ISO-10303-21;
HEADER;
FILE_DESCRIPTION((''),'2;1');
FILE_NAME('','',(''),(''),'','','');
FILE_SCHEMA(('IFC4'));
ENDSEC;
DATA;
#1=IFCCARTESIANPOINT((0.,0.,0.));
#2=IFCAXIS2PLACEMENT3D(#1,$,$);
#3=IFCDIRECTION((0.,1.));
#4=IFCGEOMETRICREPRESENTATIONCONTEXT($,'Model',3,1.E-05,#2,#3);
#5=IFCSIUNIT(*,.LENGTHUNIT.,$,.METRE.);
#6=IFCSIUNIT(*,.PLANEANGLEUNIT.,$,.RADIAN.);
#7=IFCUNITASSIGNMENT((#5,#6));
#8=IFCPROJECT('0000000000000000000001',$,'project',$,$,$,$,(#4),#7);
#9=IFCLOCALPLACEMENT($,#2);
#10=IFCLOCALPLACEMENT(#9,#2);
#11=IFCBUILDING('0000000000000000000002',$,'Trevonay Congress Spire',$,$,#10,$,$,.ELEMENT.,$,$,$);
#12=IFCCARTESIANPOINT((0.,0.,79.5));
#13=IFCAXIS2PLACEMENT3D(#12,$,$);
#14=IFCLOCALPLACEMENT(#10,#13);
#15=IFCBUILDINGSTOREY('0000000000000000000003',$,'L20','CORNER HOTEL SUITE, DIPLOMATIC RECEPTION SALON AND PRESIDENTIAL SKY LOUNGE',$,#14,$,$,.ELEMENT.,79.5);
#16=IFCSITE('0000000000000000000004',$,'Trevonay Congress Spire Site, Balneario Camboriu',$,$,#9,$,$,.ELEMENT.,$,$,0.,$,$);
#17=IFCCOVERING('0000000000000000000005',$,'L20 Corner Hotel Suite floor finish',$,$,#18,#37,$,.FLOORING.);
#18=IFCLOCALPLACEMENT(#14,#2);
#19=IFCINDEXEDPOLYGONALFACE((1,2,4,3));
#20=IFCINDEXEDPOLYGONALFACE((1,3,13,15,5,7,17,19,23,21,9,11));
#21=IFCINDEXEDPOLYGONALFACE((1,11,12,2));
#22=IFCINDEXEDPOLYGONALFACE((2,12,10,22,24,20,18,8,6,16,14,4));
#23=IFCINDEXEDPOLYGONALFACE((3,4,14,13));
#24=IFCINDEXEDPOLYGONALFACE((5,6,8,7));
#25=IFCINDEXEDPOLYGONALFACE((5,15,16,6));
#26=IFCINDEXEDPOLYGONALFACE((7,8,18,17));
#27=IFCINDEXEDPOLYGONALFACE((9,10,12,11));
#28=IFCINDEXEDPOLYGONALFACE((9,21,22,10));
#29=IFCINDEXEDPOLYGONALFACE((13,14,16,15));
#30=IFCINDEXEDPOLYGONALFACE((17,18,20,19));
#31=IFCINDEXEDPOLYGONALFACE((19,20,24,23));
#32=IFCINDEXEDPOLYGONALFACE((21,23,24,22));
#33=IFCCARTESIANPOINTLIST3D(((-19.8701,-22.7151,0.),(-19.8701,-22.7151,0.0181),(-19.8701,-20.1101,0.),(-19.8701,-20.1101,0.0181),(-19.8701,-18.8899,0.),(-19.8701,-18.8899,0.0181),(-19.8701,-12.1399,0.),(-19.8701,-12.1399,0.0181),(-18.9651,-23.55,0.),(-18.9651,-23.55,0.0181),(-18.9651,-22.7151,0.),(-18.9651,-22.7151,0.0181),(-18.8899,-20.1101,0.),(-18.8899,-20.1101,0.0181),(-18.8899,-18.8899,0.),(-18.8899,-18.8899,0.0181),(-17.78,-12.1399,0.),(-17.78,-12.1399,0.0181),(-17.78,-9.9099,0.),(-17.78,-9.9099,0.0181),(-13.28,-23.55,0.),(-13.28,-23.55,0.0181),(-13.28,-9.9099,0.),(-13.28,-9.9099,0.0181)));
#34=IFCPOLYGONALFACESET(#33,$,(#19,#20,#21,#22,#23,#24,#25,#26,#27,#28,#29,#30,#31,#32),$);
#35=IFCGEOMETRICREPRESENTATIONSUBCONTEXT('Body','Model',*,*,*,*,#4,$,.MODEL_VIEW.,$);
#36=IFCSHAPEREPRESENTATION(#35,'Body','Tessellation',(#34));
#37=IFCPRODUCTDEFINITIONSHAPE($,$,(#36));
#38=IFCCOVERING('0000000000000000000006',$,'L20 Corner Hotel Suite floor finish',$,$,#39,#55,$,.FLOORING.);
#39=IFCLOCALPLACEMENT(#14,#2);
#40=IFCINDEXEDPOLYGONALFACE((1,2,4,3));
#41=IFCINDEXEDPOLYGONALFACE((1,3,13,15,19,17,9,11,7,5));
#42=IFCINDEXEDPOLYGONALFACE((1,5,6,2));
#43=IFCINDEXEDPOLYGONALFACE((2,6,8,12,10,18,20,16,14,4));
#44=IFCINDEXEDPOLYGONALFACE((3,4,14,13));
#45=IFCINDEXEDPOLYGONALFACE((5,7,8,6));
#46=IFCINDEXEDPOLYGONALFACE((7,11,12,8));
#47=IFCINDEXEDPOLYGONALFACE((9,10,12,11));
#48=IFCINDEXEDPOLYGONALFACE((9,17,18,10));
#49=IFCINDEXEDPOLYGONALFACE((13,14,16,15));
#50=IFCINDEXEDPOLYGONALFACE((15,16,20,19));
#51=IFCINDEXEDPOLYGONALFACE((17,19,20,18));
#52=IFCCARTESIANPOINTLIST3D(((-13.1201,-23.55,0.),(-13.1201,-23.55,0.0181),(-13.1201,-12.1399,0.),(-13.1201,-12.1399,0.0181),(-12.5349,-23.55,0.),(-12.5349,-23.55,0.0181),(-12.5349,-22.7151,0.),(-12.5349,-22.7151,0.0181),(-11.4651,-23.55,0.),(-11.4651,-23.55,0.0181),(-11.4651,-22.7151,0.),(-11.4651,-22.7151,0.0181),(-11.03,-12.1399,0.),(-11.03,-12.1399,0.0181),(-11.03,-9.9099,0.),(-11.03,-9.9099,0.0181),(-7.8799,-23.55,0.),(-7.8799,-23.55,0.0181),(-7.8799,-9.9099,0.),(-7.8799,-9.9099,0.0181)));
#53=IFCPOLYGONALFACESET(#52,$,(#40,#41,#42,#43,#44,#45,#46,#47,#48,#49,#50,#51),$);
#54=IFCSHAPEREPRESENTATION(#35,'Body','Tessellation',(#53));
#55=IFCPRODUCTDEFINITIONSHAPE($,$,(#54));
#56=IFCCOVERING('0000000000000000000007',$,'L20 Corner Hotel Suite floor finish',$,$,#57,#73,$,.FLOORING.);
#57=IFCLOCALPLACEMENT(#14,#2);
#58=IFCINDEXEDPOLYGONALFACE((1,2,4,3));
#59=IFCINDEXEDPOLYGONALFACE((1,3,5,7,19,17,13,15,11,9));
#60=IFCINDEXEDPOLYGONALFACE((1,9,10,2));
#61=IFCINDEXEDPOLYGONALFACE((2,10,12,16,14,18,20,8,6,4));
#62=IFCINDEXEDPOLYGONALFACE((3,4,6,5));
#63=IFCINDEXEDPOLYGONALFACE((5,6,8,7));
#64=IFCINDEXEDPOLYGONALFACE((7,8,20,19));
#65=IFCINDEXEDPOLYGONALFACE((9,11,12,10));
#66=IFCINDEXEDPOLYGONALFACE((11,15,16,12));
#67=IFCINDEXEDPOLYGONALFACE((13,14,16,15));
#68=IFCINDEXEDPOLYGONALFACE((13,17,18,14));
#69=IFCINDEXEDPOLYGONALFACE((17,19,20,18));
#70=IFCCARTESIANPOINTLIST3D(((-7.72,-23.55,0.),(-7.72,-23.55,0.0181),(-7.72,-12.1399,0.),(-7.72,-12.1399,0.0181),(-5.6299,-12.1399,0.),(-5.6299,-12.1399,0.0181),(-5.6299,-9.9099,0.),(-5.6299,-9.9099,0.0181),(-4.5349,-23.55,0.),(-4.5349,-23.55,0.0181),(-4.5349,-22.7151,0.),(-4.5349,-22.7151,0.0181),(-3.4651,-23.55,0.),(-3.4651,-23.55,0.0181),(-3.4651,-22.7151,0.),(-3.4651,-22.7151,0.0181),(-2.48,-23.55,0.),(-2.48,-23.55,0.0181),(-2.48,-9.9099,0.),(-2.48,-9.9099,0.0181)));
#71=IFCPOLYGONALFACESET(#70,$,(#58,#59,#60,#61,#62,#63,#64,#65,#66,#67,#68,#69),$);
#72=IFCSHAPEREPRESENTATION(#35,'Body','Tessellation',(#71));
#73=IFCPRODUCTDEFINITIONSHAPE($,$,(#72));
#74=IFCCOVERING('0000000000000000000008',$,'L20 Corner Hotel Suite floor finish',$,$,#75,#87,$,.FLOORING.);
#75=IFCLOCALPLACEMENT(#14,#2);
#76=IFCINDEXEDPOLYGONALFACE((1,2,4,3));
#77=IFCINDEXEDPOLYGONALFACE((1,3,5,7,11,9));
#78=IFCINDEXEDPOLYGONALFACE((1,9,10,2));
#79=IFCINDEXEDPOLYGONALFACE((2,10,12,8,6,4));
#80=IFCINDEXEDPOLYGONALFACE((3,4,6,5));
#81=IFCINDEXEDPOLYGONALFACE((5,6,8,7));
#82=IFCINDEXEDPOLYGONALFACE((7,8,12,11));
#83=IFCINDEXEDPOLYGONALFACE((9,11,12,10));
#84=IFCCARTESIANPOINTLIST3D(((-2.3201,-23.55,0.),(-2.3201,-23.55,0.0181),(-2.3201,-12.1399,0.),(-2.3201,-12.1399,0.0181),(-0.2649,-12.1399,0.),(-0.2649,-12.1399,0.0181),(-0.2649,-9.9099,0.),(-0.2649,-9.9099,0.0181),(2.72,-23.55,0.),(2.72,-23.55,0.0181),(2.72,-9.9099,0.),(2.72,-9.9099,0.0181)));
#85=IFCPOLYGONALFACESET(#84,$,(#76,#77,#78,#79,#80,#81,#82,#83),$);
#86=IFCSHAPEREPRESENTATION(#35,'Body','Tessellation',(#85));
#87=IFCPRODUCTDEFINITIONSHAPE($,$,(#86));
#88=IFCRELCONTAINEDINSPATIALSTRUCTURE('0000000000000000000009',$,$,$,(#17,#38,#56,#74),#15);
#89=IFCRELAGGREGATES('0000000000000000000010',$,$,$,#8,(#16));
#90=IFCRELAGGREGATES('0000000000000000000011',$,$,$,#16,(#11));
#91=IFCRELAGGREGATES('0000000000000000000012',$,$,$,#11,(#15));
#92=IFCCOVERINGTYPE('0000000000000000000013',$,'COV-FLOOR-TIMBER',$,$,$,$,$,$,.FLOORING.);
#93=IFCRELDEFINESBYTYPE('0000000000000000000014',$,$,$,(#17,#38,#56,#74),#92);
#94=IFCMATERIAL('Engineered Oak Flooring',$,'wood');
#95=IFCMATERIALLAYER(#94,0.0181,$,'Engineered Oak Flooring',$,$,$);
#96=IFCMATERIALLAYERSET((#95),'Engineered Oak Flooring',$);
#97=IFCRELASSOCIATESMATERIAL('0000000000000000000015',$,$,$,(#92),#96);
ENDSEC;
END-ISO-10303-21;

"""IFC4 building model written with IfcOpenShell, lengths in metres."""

from ifc_helpers import new_model, si_unit, direction, frame, origin, place, context, subcontext, project, spatial, polyline, outline, extrude, material, layer, layer_set, type_object, element, save


model = new_model("IFC4")

# Units and contexts
model_context = context("Model", 3, precision=1e-05, world=origin(), true_north=direction((0.0, 1.0)))
body_context = subcontext(model_context, "Body", "Model", "MODEL_VIEW")
ifc_project = project(units=[si_unit("LENGTHUNIT", "METRE"), si_unit("PLANEANGLEUNIT", "RADIAN")], contexts=[model_context])

# Site, building, storey
site_placement = place(None, origin())
site = spatial("IfcSite", under=ifc_project, at=site_placement, Name="Trevonay Congress Spire Site, Balneario Camboriu", CompositionType="ELEMENT", RefElevation=0.0)
building_placement = place(site_placement, origin())
building = spatial("IfcBuilding", under=site, at=building_placement, Name="Trevonay Congress Spire", CompositionType="ELEMENT")
storey_placement = place(building_placement, frame((0.0, 0.0, 79.5)))
storey = spatial("IfcBuildingStorey", under=building, at=storey_placement, Name="L20", Description="CORNER HOTEL SUITE, DIPLOMATIC RECEPTION SALON AND PRESIDENTIAL SKY LOUNGE", CompositionType="ELEMENT", Elevation=79.5)

# Coverings
ifc_material_1 = material(Name="Engineered Oak Flooring", Category="wood")
ifc_layer_1 = layer(ifc_material_1, 0.0181, Name="Engineered Oak Flooring")
ifc_layer_set_1 = layer_set([ifc_layer_1], Name="Engineered Oak Flooring")
covering_type_1 = type_object("IfcCoveringType", Name="COV-FLOOR-TIMBER", PredefinedType="FLOORING", material=ifc_layer_set_1)
covering_1_placement = place(storey_placement, origin())
element("IfcCovering", 1, at=covering_1_placement, inside=storey, type_object=covering_type_1, Name="L20 Corner Hotel Suite floor finish", PredefinedType="FLOORING", context=body_context, shape_type="SweptSolid", body=[
    extrude(outline(polyline([(-19.8701, -12.1399), (-17.78, -12.1399), (-17.78, -9.9099), (-13.28, -9.9099), (-13.28, -23.55), (-18.9651, -23.55), (-18.9651, -22.7151), (-19.8701, -22.7151), (-19.8701, -20.1101), (-18.8899, -20.1101), (-18.8899, -18.8899), (-19.8701, -18.8899), (-19.8701, -12.1399)])), origin(), (0.0, 0.0, 1.0), 0.0181),
])
covering_2_placement = place(storey_placement, origin())
element("IfcCovering", 2, at=covering_2_placement, inside=storey, type_object=covering_type_1, Name="L20 Corner Hotel Suite floor finish", PredefinedType="FLOORING", context=body_context, shape_type="SweptSolid", body=[
    extrude(outline(polyline([(-13.1201, -23.55), (-13.1201, -12.1399), (-11.03, -12.1399), (-11.03, -9.9099), (-7.8799, -9.9099), (-7.8799, -23.55), (-11.4651, -23.55), (-11.4651, -22.7151), (-12.5349, -22.7151), (-12.5349, -23.55), (-13.1201, -23.55)])), origin(), (0.0, 0.0, 1.0), 0.0181),
])
covering_3_placement = place(storey_placement, origin())
element("IfcCovering", 3, at=covering_3_placement, inside=storey, type_object=covering_type_1, Name="L20 Corner Hotel Suite floor finish", PredefinedType="FLOORING", context=body_context, shape_type="SweptSolid", body=[
    extrude(outline(polyline([(-7.72, -23.55), (-7.72, -12.1399), (-5.6299, -12.1399), (-5.6299, -9.9099), (-2.48, -9.9099), (-2.48, -23.55), (-3.4651, -23.55), (-3.4651, -22.7151), (-4.5349, -22.7151), (-4.5349, -23.55), (-7.72, -23.55)])), origin(), (0.0, 0.0, 1.0), 0.0181),
])
covering_4_placement = place(storey_placement, origin())
element("IfcCovering", 4, at=covering_4_placement, inside=storey, type_object=covering_type_1, Name="L20 Corner Hotel Suite floor finish", PredefinedType="FLOORING", context=body_context, shape_type="SweptSolid", body=[
    extrude(outline(polyline([(-2.3201, -23.55), (2.72, -23.55), (2.72, -9.9099), (-0.2649, -9.9099), (-0.2649, -12.1399), (-2.3201, -12.1399), (-2.3201, -23.55)])), origin(), (0.0, 0.0, 1.0), 0.0181),
])

save(model, "model.ifc")
